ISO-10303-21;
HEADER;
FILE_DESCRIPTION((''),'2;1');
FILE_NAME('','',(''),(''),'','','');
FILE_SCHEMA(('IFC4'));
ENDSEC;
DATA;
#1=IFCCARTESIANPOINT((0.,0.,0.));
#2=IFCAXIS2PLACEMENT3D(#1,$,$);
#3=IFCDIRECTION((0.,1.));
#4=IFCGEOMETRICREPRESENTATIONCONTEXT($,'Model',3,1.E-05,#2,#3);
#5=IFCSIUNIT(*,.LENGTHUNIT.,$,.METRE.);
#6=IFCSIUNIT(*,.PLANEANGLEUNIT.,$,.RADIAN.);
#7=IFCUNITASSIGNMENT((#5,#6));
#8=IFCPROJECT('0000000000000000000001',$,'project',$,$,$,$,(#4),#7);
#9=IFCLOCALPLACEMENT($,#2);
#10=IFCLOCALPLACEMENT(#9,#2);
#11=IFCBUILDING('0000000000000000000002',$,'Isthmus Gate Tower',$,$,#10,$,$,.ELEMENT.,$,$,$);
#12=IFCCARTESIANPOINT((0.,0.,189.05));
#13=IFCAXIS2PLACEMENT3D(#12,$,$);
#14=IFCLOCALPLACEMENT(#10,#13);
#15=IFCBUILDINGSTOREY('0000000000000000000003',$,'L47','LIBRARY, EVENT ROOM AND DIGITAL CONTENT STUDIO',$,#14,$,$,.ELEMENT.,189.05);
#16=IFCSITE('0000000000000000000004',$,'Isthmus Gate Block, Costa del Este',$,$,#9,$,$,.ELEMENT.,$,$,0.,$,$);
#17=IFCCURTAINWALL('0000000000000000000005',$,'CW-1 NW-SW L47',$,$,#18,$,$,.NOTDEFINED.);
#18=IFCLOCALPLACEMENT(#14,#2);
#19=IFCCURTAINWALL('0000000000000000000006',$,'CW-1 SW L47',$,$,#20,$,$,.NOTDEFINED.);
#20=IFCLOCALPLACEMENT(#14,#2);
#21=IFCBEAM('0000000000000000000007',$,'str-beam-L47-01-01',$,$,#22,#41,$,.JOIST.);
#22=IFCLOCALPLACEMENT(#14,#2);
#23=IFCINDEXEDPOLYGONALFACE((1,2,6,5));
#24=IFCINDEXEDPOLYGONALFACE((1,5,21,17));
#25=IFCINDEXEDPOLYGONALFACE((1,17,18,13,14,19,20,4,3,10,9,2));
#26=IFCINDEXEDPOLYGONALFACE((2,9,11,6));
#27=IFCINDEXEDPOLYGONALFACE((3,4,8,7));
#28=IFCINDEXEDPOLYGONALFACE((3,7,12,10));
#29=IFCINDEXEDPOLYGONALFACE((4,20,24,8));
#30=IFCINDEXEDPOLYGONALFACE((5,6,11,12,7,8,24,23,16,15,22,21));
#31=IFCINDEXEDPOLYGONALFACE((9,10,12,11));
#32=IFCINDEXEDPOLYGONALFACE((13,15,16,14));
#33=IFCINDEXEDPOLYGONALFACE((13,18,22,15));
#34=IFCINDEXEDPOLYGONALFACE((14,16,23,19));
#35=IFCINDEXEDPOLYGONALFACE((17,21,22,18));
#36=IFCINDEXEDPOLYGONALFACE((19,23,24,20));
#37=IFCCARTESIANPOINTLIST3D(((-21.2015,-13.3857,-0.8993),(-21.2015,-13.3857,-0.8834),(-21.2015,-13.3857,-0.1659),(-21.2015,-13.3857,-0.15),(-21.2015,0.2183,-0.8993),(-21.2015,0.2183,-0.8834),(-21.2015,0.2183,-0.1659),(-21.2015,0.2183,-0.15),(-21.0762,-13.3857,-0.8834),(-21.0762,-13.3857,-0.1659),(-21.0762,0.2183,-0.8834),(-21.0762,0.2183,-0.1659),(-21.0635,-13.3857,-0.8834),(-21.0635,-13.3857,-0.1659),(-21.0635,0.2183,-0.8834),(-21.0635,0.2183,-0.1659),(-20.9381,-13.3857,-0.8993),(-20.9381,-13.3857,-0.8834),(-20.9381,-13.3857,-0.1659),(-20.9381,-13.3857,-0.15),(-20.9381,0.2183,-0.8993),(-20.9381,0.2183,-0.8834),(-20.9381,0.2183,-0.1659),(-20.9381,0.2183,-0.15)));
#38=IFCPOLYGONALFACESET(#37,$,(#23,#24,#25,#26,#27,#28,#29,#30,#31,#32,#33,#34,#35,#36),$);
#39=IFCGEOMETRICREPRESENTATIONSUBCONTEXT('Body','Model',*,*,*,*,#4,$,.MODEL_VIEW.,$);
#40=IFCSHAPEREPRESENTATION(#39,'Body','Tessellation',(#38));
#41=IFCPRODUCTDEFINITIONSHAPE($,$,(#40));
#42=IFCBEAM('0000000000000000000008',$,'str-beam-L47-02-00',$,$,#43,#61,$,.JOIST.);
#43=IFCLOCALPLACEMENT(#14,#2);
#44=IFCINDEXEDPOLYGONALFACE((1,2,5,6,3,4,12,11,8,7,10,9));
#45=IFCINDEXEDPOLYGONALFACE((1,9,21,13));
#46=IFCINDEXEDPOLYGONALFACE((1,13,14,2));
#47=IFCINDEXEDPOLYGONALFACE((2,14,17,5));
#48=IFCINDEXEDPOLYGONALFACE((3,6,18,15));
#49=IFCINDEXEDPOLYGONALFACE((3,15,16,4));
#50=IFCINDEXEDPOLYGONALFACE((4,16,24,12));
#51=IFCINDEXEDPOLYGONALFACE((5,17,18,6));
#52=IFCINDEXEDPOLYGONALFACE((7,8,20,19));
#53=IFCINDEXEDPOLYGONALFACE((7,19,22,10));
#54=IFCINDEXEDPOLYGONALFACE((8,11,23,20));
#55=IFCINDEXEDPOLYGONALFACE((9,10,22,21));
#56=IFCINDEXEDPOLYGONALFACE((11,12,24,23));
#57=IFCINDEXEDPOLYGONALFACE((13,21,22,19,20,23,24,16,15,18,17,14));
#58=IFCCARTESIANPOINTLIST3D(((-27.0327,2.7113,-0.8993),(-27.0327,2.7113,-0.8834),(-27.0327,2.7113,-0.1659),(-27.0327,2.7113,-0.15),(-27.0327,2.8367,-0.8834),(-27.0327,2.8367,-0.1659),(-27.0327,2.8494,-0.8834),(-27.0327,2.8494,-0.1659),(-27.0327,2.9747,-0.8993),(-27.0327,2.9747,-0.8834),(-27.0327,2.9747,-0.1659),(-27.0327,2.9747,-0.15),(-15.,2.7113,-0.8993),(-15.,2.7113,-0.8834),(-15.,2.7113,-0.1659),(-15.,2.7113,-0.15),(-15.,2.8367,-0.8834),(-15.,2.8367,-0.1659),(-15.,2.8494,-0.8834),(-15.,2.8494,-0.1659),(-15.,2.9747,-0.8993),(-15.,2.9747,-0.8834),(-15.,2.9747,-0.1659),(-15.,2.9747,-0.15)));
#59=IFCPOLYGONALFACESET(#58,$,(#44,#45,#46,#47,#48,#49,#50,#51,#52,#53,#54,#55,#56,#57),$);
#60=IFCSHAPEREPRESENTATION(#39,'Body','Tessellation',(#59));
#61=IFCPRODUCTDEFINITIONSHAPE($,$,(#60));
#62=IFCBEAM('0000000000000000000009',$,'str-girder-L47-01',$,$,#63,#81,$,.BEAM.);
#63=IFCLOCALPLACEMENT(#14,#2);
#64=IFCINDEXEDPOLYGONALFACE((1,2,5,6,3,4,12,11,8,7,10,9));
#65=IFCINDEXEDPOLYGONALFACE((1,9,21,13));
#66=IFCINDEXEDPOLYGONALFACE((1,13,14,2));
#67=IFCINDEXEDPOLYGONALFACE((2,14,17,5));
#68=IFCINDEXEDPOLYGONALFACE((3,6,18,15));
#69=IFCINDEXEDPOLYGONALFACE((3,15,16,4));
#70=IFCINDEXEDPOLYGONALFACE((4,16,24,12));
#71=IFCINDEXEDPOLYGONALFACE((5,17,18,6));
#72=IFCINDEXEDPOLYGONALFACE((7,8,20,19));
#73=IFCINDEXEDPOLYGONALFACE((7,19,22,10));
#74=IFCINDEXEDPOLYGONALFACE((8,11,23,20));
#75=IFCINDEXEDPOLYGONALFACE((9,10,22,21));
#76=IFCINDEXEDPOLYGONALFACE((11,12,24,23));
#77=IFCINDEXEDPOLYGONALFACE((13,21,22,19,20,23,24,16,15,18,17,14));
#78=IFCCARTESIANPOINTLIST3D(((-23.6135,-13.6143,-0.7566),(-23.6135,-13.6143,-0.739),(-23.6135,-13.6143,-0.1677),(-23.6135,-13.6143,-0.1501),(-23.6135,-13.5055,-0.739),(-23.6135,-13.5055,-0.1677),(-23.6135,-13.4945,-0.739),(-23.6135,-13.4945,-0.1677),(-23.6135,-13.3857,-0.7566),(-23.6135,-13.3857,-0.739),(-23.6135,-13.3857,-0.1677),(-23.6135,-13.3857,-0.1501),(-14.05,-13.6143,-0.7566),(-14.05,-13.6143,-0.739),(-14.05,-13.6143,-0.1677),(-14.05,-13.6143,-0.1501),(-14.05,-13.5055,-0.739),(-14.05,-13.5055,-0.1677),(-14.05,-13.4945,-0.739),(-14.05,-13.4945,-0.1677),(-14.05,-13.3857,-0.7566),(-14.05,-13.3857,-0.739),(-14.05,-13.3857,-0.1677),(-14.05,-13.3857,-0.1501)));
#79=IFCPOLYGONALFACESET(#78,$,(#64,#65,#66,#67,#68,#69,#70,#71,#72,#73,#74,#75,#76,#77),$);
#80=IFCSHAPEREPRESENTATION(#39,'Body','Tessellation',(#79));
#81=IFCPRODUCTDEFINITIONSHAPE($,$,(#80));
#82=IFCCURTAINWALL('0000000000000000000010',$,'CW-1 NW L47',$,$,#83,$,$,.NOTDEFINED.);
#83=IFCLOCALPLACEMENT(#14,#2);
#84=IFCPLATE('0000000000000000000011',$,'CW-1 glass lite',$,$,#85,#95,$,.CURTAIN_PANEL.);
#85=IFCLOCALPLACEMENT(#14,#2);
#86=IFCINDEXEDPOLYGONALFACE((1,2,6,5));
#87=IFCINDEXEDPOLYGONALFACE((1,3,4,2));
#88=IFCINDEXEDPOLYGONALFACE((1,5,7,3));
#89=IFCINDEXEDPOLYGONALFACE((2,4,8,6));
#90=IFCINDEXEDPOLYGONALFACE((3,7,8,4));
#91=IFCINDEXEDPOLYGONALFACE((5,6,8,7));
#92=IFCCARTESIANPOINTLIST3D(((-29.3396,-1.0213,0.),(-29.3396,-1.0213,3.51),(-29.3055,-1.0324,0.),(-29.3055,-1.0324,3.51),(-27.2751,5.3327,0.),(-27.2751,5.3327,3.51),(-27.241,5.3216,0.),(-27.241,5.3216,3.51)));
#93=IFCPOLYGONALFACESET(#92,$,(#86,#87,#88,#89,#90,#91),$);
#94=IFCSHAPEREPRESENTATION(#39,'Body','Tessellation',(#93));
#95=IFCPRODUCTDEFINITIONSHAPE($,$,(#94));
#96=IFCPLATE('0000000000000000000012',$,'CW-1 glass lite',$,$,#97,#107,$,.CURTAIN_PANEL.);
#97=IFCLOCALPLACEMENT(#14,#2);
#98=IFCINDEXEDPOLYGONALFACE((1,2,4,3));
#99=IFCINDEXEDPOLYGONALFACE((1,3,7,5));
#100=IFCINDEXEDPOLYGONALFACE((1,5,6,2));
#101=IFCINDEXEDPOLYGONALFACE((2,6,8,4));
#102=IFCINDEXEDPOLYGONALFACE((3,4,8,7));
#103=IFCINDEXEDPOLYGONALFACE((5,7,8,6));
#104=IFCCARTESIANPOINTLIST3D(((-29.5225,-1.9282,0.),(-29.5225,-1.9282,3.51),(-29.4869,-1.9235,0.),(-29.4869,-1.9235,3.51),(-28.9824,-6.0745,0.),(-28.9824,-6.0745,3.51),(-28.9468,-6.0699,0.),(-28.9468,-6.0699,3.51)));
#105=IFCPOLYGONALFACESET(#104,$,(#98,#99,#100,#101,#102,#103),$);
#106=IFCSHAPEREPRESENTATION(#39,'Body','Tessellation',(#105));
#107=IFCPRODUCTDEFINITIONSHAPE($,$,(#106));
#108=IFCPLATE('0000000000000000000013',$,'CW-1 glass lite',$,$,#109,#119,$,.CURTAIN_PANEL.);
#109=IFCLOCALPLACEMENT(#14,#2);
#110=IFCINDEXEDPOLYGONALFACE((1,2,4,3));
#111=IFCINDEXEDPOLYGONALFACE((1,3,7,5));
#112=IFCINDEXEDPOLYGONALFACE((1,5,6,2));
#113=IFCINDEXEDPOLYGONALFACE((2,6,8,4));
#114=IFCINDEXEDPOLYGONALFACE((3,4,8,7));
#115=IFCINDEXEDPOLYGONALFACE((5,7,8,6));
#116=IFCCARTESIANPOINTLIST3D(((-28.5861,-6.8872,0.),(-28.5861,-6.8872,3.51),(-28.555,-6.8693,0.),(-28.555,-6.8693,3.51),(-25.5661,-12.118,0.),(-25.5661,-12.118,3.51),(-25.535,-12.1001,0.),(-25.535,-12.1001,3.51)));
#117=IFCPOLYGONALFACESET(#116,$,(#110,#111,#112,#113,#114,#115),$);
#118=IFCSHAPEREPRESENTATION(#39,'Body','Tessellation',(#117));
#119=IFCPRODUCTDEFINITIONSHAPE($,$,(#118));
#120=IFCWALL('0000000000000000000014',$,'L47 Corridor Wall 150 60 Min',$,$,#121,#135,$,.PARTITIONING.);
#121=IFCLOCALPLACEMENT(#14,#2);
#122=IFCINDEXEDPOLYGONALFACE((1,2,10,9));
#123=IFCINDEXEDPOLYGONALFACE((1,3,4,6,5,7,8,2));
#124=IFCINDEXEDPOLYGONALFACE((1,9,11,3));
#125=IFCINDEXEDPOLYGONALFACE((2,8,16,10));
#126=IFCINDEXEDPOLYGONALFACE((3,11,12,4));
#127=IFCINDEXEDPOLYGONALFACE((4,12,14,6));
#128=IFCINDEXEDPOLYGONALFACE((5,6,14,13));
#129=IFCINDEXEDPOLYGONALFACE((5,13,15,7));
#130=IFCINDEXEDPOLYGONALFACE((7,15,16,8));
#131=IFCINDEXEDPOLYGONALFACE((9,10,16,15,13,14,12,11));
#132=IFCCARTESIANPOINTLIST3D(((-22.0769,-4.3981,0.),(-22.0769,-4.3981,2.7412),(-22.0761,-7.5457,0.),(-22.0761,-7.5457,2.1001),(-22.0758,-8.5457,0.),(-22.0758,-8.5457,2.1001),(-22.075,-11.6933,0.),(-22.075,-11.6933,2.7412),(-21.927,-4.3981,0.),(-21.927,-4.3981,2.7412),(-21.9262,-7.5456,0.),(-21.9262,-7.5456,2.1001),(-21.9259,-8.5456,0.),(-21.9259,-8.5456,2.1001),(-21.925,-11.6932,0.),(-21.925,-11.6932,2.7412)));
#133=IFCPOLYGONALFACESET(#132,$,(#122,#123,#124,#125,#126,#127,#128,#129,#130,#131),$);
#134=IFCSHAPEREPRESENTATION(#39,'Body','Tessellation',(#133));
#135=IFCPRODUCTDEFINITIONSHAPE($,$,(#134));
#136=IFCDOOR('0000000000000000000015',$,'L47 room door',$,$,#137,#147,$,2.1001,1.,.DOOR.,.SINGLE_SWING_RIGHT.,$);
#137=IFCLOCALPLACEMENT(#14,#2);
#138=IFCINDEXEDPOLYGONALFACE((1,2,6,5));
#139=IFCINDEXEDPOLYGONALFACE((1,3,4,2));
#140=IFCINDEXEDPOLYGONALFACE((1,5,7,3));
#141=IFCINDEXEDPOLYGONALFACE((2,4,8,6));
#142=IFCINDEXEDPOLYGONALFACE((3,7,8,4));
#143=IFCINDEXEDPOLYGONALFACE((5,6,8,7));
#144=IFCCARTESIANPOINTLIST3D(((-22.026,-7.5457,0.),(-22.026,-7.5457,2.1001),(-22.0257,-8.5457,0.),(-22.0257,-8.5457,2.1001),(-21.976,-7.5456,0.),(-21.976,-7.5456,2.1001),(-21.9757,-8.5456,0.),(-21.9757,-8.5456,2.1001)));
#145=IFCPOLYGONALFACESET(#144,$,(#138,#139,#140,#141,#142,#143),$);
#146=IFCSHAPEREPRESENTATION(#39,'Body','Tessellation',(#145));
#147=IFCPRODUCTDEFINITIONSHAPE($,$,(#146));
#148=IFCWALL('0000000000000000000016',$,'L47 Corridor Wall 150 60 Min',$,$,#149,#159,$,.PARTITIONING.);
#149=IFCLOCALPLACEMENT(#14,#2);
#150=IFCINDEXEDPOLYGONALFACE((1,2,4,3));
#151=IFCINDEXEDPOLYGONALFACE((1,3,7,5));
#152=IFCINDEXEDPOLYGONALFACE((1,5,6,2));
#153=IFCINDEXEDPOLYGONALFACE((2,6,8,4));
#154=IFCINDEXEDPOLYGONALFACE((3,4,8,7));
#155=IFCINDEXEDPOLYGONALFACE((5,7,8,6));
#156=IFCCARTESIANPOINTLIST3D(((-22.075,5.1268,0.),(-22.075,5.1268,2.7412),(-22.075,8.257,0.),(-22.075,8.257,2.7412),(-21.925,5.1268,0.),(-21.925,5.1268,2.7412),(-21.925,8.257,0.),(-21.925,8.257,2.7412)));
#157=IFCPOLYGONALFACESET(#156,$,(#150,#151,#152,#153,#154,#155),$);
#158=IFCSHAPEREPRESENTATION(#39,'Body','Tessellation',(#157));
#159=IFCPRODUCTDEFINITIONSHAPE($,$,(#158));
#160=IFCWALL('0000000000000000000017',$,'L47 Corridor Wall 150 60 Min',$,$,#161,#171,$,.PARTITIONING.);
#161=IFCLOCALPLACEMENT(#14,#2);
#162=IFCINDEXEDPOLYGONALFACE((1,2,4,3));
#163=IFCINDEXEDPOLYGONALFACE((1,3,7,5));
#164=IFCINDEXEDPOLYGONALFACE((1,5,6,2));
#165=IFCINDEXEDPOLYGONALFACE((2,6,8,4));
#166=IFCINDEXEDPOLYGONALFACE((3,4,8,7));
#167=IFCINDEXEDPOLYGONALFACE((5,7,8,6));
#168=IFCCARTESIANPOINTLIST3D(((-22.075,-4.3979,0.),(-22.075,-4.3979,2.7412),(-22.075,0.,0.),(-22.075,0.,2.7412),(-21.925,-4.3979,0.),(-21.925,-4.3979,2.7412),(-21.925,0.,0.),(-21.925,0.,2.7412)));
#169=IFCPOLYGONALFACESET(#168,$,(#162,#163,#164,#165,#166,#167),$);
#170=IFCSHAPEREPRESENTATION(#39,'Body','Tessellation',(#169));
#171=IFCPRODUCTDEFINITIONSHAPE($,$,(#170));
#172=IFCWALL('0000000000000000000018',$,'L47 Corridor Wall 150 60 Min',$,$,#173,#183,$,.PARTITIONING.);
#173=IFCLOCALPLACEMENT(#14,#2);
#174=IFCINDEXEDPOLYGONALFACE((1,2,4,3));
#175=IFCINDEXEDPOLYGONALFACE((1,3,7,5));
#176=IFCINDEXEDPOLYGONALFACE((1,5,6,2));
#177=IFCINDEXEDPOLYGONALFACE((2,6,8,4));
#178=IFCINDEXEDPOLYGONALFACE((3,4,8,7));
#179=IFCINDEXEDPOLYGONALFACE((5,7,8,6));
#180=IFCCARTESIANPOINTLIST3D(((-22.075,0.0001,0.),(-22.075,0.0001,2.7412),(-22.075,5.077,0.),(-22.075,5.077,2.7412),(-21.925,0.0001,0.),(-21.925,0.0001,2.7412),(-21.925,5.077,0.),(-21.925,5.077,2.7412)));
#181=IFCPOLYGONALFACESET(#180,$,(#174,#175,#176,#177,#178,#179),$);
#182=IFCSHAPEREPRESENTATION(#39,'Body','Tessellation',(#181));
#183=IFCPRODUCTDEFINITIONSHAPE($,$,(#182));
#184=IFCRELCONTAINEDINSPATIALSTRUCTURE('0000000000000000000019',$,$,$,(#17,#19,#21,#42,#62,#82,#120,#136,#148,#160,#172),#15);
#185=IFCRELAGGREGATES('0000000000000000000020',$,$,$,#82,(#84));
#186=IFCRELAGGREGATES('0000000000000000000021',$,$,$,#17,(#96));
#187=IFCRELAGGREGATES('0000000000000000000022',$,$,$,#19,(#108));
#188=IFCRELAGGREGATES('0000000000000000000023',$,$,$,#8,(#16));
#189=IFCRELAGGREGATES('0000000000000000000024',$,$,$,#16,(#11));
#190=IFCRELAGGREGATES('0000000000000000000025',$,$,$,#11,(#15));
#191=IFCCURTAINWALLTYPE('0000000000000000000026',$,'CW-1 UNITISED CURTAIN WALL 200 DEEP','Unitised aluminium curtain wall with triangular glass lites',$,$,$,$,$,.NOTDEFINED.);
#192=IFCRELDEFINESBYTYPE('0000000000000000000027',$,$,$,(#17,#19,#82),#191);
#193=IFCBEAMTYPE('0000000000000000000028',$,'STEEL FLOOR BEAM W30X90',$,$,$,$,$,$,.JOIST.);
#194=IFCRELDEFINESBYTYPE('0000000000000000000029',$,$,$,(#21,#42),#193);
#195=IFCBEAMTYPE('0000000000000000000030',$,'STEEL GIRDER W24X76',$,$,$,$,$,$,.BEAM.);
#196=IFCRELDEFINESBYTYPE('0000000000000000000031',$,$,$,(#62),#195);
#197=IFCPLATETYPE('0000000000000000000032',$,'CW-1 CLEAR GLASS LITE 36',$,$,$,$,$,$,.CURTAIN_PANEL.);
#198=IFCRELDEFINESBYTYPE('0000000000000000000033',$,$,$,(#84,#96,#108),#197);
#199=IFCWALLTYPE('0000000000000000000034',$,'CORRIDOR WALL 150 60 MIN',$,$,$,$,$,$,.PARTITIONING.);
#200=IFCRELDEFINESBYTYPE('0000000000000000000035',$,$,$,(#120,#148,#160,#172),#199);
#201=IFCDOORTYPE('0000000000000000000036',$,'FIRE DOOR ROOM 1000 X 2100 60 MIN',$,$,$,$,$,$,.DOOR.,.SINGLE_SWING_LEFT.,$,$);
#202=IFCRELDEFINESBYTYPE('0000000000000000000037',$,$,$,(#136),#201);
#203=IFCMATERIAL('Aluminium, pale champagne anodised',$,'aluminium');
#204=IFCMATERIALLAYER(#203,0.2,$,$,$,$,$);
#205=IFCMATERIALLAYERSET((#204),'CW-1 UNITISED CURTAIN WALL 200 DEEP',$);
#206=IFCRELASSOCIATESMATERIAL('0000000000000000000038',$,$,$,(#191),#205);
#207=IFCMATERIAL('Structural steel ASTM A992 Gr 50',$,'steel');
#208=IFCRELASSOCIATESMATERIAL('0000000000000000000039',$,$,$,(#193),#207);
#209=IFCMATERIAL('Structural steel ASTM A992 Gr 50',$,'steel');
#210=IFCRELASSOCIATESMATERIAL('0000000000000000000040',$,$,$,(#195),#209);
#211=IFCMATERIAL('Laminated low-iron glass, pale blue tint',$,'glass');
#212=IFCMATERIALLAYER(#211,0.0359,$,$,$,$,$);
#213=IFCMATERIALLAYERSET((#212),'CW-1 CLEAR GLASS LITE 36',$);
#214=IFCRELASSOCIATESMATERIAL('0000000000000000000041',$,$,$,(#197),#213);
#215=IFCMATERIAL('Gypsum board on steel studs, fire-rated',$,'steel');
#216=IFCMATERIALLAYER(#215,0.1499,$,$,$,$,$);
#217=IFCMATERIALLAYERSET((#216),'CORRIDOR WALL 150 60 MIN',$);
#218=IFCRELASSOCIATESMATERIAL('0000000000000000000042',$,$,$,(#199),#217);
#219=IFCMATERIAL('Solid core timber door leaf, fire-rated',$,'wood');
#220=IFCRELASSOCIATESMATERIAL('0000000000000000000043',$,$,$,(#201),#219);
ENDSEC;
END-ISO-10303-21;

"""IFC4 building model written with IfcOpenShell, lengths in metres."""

from ifc_helpers import new_model, si_unit, direction, frame, frame_2d, origin, origin_2d, place, context, subcontext, project, spatial, rectangle, i_section, extrude, material, layer, layer_set, material_profile, profile_set, type_object, element, fill, aggregate, save


model = new_model("IFC4")

# Units and contexts
model_context = context("Model", 3, precision=1e-05, world=origin(), true_north=direction((0.0, 1.0)))
body_context = subcontext(model_context, "Body", "Model", "MODEL_VIEW")
ifc_project = project(units=[si_unit("LENGTHUNIT", "METRE"), si_unit("PLANEANGLEUNIT", "RADIAN")], contexts=[model_context])

# Site, building, storey
site_placement = place(None, origin())
site = spatial("IfcSite", under=ifc_project, at=site_placement, Name="Isthmus Gate Block, Costa del Este", CompositionType="ELEMENT", RefElevation=0.0)
building_placement = place(site_placement, origin())
building = spatial("IfcBuilding", under=site, at=building_placement, Name="Isthmus Gate Tower", CompositionType="ELEMENT")
storey_placement = place(building_placement, frame((0.0, 0.0, 189.05)))
storey = spatial("IfcBuildingStorey", under=building, at=storey_placement, Name="L47", Description="LIBRARY, EVENT ROOM AND DIGITAL CONTENT STUDIO", CompositionType="ELEMENT", Elevation=189.05)

# Curtain walls
ifc_material_1 = material(Name="Aluminium, pale champagne anodised", Category="aluminium")
ifc_layer_1 = layer(ifc_material_1, 0.2)
ifc_layer_set_1 = layer_set([ifc_layer_1], Name="CW-1 UNITISED CURTAIN WALL 200 DEEP")
curtain_wall_type = type_object("IfcCurtainWallType", Name="CW-1 UNITISED CURTAIN WALL 200 DEEP", Description="Unitised aluminium curtain wall with triangular glass lites", PredefinedType="NOTDEFINED", material=ifc_layer_set_1)
curtain_wall_1_placement = place(storey_placement, origin())
curtain_wall_1 = element("IfcCurtainWall", 1, at=curtain_wall_1_placement, inside=storey, type_object=curtain_wall_type, Name="CW-1 NW-SW L47", PredefinedType="NOTDEFINED")
curtain_wall_2_placement = place(storey_placement, origin())
curtain_wall_2 = element("IfcCurtainWall", 2, at=curtain_wall_2_placement, inside=storey, type_object=curtain_wall_type, Name="CW-1 SW L47", PredefinedType="NOTDEFINED")

# Beams
ifc_material_2 = material(Name="Structural steel ASTM A992 Gr 50", Category="steel")
ifc_material_profile_1 = material_profile(ifc_material_2, i_section(OverallWidth=0.2634, OverallDepth=0.7493, WebThickness=0.0127, FlangeThickness=0.0159, at=origin_2d()), Name="W30X90")
ifc_profile_set_1 = profile_set([ifc_material_profile_1], Name="Structural steel ASTM A992 Gr 50")
beam_type_1 = type_object("IfcBeamType", Name="STEEL FLOOR BEAM W30X90", PredefinedType="JOIST", material=ifc_profile_set_1)
beam_1_placement = place(storey_placement, frame((-21.0698, -13.3857, -0.5247), z_axis=(0.0, 1.0, 0.0), x_axis=(-1.0, 0.0, 0.0)))
element("IfcBeam", 3, at=beam_1_placement, inside=storey, type_object=beam_type_1, Name="str-beam-L47-01-01", PredefinedType="JOIST", context=body_context, shape_type="SweptSolid", body=[
    extrude(i_section(OverallWidth=0.2634, OverallDepth=0.7493, WebThickness=0.0127, FlangeThickness=0.0159, at=origin_2d()), origin(), (0.0, 0.0, 1.0), 13.604),
])
beam_2_placement = place(storey_placement, frame((-27.0327, 2.843, -0.5247), z_axis=(1.0, 0.0, 0.0), x_axis=(0.0, 1.0, 0.0)))
element("IfcBeam", 4, at=beam_2_placement, inside=storey, type_object=beam_type_1, Name="str-beam-L47-02-00", PredefinedType="JOIST", context=body_context, shape_type="SweptSolid", body=[
    extrude(i_section(OverallWidth=0.2634, OverallDepth=0.7493, WebThickness=0.0127, FlangeThickness=0.0159, at=origin_2d()), origin(), (0.0, 0.0, 1.0), 12.0327),
])
ifc_material_3 = material(Name="Structural steel ASTM A992 Gr 50", Category="steel")
ifc_material_profile_2 = material_profile(ifc_material_3, i_section(OverallWidth=0.2285, OverallDepth=0.6064, WebThickness=0.011, FlangeThickness=0.0176, at=origin_2d()), Name="W24X76")
ifc_profile_set_2 = profile_set([ifc_material_profile_2], Name="Structural steel ASTM A992 Gr 50")
beam_type_2 = type_object("IfcBeamType", Name="STEEL GIRDER W24X76", PredefinedType="BEAM", material=ifc_profile_set_2)
beam_3_placement = place(storey_placement, frame((-23.6135, -13.5, -0.4534), z_axis=(1.0, 0.0, 0.0), x_axis=(0.0, 1.0, 0.0)))
element("IfcBeam", 5, at=beam_3_placement, inside=storey, type_object=beam_type_2, Name="str-girder-L47-01", PredefinedType="BEAM", context=body_context, shape_type="SweptSolid", body=[
    extrude(i_section(OverallWidth=0.2285, OverallDepth=0.6064, WebThickness=0.011, FlangeThickness=0.0176, at=origin_2d()), origin(), (0.0, 0.0, 1.0), 9.5635),
])

# Curtain wall, plate
curtain_wall_3_placement = place(storey_placement, origin())
curtain_wall_3 = element("IfcCurtainWall", 6, at=curtain_wall_3_placement, inside=storey, type_object=curtain_wall_type, Name="CW-1 NW L47", PredefinedType="NOTDEFINED")
ifc_material_4 = material(Name="Laminated low-iron glass, pale blue tint", Category="glass")
ifc_layer_2 = layer(ifc_material_4, 0.0359)
ifc_layer_set_2 = layer_set([ifc_layer_2], Name="CW-1 CLEAR GLASS LITE 36")
plate_type = type_object("IfcPlateType", Name="CW-1 CLEAR GLASS LITE 36", PredefinedType="CURTAIN_PANEL", material=ifc_layer_set_2)
plate_1_placement = place(storey_placement, frame((-28.2903, 2.1501, 0.0), z_axis=(0.0, 0.0, 1.0), x_axis=(-0.309017, -0.951057, 0.0)))
plate_1 = element("IfcPlate", 7, at=plate_1_placement, type_object=plate_type, Name="CW-1 glass lite", PredefinedType="CURTAIN_PANEL", context=body_context, shape_type="SweptSolid", body=[
    extrude(rectangle(XDim=6.6809, YDim=0.0359, at=origin_2d()), origin(), (0.0, 0.0, 1.0), 3.51),
])
aggregate(curtain_wall_3, [plate_1])

# Plates
plate_2_placement = place(storey_placement, frame((-29.2346, -3.999, 0.0), z_axis=(0.0, 0.0, 1.0), x_axis=(0.129165, -0.991623, 0.0)))
plate_2 = element("IfcPlate", 8, at=plate_2_placement, type_object=plate_type, Name="CW-1 glass lite", PredefinedType="CURTAIN_PANEL", context=body_context, shape_type="SweptSolid", body=[
    extrude(rectangle(XDim=4.1814, YDim=0.0359, at=origin_2d()), origin(), (0.0, 0.0, 1.0), 3.51),
])
aggregate(curtain_wall_1, [plate_2])
plate_3_placement = place(storey_placement, frame((-27.0605, -9.4937, 0.0), z_axis=(0.0, 0.0, 1.0), x_axis=(0.5, -0.866025, 0.0)))
plate_3 = element("IfcPlate", 9, at=plate_3_placement, type_object=plate_type, Name="CW-1 glass lite", PredefinedType="CURTAIN_PANEL", context=body_context, shape_type="SweptSolid", body=[
    extrude(rectangle(XDim=6.04, YDim=0.0359, at=origin_2d()), origin(), (0.0, 0.0, 1.0), 3.51),
])
aggregate(curtain_wall_2, [plate_3])

# Wall, opening, door
ifc_material_5 = material(Name="Gypsum board on steel studs, fire-rated", Category="steel")
ifc_layer_3 = layer(ifc_material_5, 0.1499)
ifc_layer_set_3 = layer_set([ifc_layer_3], Name="CORRIDOR WALL 150 60 MIN")
wall_type_1 = type_object("IfcWallType", Name="CORRIDOR WALL 150 60 MIN", PredefinedType="PARTITIONING", material=ifc_layer_set_3)
wall_1_placement = place(storey_placement, frame((-22.0, -11.6931, 0.0), z_axis=(0.0, 0.0, 1.0), x_axis=(-0.000268, 1.0, 0.0)))
wall_1 = element("IfcWall", 10, at=wall_1_placement, inside=storey, type_object=wall_type_1, Name="L47 Corridor Wall 150 60 Min", PredefinedType="PARTITIONING", context=body_context, shape_type="SweptSolid", body=[
    extrude(rectangle(XDim=7.2952, YDim=0.1499, at=frame_2d((3.6475, 0.0))), origin(), (0.0, 0.0, 1.0), 2.7412),
])
opening_placement = place(wall_1_placement, frame((3.1475, 0.0, 0.0)))
opening = element("IfcOpeningElement", 11, at=opening_placement, cuts=wall_1, PredefinedType="OPENING", context=body_context, shape_type="SweptSolid", body=[
    extrude(rectangle(XDim=1.0, YDim=2.1001, at=frame_2d((0.5, 1.05))), frame((0.0, 0.085, 0.0), z_axis=(0.0, -1.0, 0.0), x_axis=(1.0, 0.0, 0.0)), (0.0, 0.0, 1.0), 0.1699),
])
ifc_material_6 = material(Name="Solid core timber door leaf, fire-rated", Category="wood")
door_type = type_object("IfcDoorType", Name="FIRE DOOR ROOM 1000 X 2100 60 MIN", OperationType="SINGLE_SWING_LEFT", PredefinedType="DOOR", material=ifc_material_6)
door_placement = place(opening_placement, origin())
door = element("IfcDoor", 12, at=door_placement, inside=storey, type_object=door_type, Name="L47 room door", OperationType="SINGLE_SWING_RIGHT", OverallHeight=2.1001, OverallWidth=1.0, PredefinedType="DOOR", context=body_context, shape_type="SweptSolid", body=[
    extrude(rectangle(XDim=1.0, YDim=2.1001, at=frame_2d((0.5, 1.05))), frame((0.0, 0.0249, 0.0), z_axis=(0.0, -1.0, 0.0), x_axis=(1.0, 0.0, 0.0)), (0.0, 0.0, 1.0), 0.05),
])
fill(opening, door)

# Walls
wall_2_placement = place(storey_placement, frame((-22.0, 5.127, 0.0), z_axis=(0.0, 0.0, 1.0), x_axis=(0.0, 1.0, 0.0)))
element("IfcWall", 13, at=wall_2_placement, inside=storey, type_object=wall_type_1, Name="L47 Corridor Wall 150 60 Min", PredefinedType="PARTITIONING", context=body_context, shape_type="SweptSolid", body=[
    extrude(rectangle(XDim=3.1301, YDim=0.1499, at=frame_2d((1.5649, 0.0))), origin(), (0.0, 0.0, 1.0), 2.7412),
])
wall_3_placement = place(storey_placement, frame((-22.0, -4.3979, 0.0), z_axis=(0.0, 0.0, 1.0), x_axis=(0.0, 1.0, 0.0)))
element("IfcWall", 14, at=wall_3_placement, inside=storey, type_object=wall_type_1, Name="L47 Corridor Wall 150 60 Min", PredefinedType="PARTITIONING", context=body_context, shape_type="SweptSolid", body=[
    extrude(rectangle(XDim=4.3979, YDim=0.1499, at=frame_2d((2.199, 0.0))), origin(), (0.0, 0.0, 1.0), 2.7412),
])
wall_4_placement = place(storey_placement, frame((-22.0, 0.0, 0.0), z_axis=(0.0, 0.0, 1.0), x_axis=(0.0, 1.0, 0.0)))
element("IfcWall", 15, at=wall_4_placement, inside=storey, type_object=wall_type_1, Name="L47 Corridor Wall 150 60 Min", PredefinedType="PARTITIONING", context=body_context, shape_type="SweptSolid", body=[
    extrude(rectangle(XDim=5.0769, YDim=0.1499, at=frame_2d((2.5386, 0.0))), origin(), (0.0, 0.0, 1.0), 2.7412),
])

save(model, "model.ifc")
